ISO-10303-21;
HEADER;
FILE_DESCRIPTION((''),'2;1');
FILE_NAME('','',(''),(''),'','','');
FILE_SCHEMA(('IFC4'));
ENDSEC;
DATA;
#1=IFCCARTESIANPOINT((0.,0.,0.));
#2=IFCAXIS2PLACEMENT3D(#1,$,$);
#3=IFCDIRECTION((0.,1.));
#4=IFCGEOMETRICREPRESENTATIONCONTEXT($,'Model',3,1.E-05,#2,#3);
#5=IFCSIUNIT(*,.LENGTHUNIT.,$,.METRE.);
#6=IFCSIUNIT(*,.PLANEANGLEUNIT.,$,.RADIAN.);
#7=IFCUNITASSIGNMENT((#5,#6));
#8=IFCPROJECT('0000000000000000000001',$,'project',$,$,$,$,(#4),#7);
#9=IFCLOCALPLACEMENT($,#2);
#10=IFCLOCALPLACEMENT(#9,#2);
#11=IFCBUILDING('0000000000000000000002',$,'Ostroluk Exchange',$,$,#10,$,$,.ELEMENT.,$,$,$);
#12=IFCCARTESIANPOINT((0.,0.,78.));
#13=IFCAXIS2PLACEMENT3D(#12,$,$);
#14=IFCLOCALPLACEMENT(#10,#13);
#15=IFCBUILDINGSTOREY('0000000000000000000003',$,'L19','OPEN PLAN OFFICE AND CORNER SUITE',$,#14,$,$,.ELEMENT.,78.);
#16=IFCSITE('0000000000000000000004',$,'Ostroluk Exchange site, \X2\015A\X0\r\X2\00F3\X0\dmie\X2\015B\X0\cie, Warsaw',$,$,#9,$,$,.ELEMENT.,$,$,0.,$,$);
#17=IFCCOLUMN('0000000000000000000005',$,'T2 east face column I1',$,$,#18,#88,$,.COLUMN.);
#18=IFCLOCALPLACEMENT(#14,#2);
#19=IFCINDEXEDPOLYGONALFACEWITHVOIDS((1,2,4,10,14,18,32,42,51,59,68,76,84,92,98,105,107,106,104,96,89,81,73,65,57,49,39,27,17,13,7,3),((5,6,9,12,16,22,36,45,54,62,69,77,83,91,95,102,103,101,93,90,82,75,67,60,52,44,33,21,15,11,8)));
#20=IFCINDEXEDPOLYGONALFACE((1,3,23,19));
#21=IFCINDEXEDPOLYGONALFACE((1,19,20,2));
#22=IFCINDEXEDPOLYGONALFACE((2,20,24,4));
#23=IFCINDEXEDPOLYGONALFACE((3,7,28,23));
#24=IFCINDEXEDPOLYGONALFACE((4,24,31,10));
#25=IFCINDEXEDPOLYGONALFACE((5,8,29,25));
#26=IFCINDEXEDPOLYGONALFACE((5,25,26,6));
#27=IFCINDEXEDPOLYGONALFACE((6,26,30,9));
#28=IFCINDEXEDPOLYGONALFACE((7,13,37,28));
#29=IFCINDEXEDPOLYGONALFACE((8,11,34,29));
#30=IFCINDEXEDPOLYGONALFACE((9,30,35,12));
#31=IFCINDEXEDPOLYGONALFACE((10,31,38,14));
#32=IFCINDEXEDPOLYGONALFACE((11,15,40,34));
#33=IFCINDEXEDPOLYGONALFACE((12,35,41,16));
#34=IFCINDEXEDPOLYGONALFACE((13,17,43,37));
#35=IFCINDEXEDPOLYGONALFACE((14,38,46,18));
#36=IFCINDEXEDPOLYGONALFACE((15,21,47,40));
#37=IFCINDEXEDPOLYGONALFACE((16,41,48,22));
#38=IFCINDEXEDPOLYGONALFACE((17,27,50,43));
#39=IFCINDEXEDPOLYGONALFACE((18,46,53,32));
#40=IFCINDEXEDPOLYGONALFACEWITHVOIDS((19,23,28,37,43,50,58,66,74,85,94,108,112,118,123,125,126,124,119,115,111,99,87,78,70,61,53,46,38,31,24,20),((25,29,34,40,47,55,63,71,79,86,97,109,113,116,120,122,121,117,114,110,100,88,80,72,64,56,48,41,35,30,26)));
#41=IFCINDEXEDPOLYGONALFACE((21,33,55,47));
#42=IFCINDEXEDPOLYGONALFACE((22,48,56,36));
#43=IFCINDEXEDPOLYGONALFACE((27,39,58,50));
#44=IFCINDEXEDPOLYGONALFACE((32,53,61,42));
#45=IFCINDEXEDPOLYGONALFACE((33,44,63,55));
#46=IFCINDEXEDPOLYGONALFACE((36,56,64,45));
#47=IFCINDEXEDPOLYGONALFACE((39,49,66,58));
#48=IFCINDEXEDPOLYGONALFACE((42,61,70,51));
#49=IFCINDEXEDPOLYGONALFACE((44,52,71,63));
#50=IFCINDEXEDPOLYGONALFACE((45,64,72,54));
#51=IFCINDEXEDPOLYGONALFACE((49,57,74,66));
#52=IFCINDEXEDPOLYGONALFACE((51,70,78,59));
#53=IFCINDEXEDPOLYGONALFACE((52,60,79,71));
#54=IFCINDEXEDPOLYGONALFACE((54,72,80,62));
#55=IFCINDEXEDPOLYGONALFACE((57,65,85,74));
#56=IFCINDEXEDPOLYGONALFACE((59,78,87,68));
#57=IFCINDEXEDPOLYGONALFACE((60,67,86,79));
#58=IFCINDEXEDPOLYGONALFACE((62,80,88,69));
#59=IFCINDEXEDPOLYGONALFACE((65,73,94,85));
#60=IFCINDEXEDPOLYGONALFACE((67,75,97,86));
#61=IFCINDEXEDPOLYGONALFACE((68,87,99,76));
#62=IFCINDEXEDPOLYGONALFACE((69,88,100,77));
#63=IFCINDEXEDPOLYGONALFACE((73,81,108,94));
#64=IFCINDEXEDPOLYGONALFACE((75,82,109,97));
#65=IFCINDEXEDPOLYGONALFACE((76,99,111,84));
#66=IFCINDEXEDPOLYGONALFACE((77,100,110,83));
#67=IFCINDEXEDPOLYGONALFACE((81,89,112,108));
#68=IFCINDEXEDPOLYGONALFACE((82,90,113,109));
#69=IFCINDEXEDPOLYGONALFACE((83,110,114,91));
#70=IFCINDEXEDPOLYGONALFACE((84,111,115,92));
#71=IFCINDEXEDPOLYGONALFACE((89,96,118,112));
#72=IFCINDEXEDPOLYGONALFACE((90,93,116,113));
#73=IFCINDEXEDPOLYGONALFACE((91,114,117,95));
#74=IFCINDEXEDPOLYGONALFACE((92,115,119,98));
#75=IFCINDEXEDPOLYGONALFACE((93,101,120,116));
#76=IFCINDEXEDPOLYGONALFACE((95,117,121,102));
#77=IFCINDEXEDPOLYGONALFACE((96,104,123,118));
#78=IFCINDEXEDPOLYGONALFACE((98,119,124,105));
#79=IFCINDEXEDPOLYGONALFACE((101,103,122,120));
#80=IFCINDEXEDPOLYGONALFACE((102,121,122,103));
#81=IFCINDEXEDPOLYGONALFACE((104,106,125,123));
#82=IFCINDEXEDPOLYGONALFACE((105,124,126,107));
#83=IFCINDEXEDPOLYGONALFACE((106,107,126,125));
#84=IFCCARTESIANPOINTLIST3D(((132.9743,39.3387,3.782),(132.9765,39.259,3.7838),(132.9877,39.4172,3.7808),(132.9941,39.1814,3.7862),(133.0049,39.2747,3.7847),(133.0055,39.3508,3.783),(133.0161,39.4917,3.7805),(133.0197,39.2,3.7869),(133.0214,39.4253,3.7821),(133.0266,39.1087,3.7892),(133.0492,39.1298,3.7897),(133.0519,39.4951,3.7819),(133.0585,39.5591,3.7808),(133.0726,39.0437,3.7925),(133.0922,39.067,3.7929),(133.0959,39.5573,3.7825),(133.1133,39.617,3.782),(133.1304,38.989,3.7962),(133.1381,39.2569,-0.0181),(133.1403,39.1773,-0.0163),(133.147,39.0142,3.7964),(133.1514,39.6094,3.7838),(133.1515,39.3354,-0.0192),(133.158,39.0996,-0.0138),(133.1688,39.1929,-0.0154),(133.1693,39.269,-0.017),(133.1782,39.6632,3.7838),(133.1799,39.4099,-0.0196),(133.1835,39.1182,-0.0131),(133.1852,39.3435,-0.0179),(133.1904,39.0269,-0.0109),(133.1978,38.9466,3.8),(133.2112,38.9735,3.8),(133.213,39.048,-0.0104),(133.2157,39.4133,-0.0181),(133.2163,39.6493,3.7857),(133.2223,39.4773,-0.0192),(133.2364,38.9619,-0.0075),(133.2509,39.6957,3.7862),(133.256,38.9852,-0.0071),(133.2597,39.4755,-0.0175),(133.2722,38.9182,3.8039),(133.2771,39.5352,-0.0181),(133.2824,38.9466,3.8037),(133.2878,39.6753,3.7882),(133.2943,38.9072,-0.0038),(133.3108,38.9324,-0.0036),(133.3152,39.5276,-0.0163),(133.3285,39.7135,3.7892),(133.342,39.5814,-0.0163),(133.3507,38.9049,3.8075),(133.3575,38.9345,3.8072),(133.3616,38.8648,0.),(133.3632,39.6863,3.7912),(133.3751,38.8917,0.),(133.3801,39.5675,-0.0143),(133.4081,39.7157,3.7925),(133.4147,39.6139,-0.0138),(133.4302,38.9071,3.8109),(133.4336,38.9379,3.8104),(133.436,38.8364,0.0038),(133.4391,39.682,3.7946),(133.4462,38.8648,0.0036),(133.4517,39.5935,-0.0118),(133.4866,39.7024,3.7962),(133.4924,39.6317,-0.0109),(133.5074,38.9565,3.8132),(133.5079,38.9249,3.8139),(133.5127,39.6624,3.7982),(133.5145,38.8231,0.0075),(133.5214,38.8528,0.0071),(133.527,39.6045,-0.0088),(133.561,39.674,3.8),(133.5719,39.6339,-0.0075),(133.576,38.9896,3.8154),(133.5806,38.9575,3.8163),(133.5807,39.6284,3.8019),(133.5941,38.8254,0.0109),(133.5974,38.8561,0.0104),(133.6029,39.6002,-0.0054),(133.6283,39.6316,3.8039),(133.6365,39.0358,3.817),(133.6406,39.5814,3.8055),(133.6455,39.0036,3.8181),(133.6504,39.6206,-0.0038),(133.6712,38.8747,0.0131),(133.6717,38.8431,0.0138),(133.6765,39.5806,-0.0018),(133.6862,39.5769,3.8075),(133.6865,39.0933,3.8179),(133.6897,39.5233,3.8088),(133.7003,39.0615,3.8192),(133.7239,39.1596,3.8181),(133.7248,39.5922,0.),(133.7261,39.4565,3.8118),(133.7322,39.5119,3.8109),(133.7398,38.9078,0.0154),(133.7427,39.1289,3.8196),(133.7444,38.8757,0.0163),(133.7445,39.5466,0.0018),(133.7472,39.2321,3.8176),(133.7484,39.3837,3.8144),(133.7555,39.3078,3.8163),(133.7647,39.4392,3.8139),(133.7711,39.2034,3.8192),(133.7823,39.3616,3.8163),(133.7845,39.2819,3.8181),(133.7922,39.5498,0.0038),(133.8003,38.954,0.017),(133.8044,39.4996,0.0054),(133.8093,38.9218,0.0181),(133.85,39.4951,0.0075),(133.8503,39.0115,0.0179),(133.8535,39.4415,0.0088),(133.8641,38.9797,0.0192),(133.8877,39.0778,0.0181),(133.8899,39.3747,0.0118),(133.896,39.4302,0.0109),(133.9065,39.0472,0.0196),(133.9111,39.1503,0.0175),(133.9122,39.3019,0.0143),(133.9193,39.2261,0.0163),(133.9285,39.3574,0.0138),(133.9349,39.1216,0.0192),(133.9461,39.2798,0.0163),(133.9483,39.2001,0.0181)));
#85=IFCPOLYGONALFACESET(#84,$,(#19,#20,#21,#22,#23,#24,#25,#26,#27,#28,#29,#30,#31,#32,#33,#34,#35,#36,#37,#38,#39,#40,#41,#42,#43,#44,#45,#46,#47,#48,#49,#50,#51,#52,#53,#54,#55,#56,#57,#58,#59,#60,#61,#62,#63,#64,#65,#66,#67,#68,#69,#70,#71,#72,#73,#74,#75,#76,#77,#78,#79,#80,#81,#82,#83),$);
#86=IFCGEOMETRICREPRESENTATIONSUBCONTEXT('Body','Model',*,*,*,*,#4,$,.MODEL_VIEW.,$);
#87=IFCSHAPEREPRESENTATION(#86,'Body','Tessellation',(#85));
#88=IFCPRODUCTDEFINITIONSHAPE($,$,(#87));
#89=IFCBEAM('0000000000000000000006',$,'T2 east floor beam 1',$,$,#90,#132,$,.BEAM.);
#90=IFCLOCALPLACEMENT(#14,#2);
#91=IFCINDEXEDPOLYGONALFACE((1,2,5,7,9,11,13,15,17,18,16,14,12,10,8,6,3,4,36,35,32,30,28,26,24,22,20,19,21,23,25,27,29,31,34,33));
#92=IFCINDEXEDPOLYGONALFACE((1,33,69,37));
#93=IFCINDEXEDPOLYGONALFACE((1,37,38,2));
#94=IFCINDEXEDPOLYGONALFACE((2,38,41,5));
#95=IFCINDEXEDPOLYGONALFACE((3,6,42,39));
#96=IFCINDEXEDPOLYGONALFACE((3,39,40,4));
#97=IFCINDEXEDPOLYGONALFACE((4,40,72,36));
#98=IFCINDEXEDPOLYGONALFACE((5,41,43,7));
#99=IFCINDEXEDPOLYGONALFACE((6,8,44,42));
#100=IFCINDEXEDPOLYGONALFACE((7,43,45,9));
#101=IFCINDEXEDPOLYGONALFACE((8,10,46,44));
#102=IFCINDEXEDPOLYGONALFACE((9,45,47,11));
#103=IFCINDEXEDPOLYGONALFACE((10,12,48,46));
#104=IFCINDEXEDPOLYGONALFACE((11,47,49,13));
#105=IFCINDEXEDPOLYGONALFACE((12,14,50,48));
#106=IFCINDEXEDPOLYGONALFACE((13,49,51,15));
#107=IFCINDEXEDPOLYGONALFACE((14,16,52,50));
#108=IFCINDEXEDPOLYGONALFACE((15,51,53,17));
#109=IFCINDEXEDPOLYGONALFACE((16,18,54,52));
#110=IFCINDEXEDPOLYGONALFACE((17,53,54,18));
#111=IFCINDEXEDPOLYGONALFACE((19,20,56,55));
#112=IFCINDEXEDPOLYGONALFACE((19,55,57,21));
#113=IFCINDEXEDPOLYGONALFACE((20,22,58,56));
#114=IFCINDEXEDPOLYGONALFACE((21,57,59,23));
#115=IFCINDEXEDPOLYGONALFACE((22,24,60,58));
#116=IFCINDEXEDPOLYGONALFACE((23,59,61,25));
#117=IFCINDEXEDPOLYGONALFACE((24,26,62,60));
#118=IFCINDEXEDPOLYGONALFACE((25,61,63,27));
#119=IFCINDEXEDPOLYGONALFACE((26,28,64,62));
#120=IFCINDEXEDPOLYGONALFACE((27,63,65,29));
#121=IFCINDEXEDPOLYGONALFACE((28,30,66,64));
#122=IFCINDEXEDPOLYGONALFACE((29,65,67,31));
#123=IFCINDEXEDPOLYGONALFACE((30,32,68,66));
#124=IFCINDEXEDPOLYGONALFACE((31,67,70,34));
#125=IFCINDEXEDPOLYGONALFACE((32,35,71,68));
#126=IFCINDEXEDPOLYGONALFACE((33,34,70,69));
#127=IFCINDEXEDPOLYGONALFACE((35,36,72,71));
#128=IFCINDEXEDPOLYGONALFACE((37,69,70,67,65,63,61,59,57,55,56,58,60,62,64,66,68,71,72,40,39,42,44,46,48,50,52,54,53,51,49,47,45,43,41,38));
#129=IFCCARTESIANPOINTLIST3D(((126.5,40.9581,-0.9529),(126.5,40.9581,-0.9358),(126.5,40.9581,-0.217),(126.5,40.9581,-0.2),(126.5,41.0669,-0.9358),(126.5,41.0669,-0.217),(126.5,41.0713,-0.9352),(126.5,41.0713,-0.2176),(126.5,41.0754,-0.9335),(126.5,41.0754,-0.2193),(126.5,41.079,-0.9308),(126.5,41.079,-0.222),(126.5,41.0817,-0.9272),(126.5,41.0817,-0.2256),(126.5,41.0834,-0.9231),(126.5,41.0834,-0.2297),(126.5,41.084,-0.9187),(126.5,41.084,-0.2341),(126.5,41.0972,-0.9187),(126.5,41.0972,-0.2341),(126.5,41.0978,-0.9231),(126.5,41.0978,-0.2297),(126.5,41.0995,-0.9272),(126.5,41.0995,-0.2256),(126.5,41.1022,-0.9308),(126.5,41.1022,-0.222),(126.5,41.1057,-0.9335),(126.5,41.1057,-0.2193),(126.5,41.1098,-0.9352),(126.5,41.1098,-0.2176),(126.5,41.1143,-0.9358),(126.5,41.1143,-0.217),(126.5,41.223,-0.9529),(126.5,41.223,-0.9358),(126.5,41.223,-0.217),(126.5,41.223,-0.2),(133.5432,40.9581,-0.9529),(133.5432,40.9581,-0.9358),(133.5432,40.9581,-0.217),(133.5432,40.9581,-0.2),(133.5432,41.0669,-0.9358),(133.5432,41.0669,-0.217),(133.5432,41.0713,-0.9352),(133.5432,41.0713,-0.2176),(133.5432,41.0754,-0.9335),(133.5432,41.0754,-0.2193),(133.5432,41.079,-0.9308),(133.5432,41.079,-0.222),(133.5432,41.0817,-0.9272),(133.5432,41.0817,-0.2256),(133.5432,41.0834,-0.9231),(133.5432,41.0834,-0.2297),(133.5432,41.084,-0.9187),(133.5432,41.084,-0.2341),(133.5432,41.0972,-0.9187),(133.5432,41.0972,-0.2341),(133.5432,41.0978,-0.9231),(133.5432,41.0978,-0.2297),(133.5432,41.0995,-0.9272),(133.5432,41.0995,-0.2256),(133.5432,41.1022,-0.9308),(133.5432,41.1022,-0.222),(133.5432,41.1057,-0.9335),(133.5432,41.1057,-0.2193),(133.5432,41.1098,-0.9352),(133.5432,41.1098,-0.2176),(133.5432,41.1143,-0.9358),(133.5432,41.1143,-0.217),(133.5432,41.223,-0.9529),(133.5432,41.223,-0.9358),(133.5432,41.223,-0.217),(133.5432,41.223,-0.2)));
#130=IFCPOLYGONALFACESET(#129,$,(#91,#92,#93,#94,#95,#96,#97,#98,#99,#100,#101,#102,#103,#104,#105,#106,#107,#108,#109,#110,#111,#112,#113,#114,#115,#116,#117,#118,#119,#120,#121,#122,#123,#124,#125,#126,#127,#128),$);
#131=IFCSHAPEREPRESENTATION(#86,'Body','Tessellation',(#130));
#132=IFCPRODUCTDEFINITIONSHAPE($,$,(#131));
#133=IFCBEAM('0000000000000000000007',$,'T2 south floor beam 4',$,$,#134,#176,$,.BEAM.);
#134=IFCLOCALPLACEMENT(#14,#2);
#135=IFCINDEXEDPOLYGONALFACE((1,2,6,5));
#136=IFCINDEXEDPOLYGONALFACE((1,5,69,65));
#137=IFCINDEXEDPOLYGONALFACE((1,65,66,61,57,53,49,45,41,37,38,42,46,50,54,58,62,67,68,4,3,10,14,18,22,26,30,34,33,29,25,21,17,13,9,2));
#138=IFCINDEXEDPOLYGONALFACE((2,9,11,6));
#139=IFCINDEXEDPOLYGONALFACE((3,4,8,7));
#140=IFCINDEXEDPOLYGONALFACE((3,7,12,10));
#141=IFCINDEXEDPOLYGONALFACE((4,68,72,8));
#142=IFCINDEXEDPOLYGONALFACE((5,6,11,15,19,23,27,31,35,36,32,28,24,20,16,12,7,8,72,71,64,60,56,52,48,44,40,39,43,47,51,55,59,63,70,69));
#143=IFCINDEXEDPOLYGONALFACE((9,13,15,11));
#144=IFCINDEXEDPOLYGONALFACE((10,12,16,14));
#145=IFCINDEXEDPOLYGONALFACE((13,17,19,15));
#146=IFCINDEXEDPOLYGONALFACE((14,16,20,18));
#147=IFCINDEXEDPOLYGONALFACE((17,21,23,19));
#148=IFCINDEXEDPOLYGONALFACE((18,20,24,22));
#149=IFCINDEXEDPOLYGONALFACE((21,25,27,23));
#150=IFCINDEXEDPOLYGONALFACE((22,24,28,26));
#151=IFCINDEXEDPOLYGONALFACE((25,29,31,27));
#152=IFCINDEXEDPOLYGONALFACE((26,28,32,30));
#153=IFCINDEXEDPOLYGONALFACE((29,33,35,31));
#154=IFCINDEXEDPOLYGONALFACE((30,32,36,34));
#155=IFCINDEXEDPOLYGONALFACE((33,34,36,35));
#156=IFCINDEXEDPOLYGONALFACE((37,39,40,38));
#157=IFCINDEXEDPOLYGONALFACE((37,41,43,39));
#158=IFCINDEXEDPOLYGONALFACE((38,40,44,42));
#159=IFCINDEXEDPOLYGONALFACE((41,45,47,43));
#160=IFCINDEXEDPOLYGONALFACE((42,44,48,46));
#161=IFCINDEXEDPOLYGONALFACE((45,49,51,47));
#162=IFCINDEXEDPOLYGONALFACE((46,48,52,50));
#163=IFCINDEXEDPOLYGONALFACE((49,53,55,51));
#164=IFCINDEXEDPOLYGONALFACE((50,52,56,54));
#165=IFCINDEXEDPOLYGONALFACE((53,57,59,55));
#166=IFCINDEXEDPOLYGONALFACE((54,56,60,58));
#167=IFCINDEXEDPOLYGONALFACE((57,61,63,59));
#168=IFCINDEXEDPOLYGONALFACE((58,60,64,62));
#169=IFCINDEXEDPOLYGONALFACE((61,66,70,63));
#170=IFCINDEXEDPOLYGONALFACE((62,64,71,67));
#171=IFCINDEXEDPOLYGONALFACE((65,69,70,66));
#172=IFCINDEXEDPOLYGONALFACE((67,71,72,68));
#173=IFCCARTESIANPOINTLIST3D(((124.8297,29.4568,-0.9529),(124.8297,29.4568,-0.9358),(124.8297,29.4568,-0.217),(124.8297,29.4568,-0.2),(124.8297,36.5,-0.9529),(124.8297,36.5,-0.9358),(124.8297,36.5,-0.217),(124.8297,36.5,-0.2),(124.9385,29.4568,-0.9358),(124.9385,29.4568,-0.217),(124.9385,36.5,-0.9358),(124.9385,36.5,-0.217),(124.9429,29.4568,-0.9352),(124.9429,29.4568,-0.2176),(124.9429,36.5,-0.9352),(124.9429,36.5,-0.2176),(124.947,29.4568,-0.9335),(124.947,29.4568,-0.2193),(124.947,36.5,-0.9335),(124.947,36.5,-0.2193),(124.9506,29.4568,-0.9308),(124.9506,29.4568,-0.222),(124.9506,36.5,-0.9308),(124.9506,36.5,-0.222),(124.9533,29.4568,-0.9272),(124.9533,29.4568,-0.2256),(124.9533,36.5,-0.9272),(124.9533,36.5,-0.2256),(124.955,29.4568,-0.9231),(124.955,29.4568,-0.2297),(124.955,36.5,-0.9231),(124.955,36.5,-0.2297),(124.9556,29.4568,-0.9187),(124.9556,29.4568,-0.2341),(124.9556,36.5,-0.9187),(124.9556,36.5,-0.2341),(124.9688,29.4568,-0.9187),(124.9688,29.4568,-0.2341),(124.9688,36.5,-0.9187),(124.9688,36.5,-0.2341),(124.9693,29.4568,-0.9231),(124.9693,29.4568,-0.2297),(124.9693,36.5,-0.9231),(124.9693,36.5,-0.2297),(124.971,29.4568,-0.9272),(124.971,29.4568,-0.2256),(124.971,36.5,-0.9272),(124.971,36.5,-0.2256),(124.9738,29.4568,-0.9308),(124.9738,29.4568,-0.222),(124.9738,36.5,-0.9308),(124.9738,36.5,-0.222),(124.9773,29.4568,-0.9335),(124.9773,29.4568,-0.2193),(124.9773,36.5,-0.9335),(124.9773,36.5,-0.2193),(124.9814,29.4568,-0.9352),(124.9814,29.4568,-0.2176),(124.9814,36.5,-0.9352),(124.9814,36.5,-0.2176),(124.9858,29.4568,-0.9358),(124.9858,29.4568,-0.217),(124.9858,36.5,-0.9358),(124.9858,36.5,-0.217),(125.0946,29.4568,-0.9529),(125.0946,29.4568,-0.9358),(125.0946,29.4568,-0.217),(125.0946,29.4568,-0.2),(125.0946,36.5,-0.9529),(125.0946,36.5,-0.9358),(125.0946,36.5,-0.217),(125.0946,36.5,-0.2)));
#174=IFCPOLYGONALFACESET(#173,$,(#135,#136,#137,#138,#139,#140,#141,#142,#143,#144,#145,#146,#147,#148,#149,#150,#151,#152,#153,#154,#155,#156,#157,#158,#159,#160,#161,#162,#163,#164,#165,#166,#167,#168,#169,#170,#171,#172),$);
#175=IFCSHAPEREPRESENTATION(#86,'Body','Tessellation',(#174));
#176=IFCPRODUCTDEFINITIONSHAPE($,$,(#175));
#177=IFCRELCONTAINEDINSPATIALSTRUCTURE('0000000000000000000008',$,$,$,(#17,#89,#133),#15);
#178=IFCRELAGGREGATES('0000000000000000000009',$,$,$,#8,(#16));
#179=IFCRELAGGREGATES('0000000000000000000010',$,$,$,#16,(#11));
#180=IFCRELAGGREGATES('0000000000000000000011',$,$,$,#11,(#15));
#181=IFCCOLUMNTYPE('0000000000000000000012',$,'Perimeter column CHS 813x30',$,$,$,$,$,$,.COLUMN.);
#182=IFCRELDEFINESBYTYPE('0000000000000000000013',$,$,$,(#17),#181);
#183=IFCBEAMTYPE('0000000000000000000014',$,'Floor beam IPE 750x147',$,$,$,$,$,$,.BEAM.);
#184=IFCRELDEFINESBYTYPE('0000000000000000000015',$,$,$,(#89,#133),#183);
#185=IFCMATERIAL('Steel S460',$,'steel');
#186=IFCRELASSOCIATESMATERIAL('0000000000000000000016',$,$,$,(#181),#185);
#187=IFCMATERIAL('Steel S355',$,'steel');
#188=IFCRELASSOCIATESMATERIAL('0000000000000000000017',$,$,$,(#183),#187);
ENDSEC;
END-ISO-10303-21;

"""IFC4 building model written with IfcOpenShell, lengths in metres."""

from ifc_helpers import new_model, si_unit, direction, frame, origin, origin_2d, place, context, subcontext, project, spatial, hollow_circle, i_section, extrude, material, material_profile, profile_set, type_object, element, save


model = new_model("IFC4")

# Units and contexts
model_context = context("Model", 3, precision=1e-05, world=origin(), true_north=direction((0.0, 1.0)))
body_context = subcontext(model_context, "Body", "Model", "MODEL_VIEW")
ifc_project = project(units=[si_unit("LENGTHUNIT", "METRE"), si_unit("PLANEANGLEUNIT", "RADIAN")], contexts=[model_context])

# Site, building, storey
site_placement = place(None, origin())
site = spatial("IfcSite", under=ifc_project, at=site_placement, Name="Ostroluk Exchange site, Śródmieście, Warsaw", CompositionType="ELEMENT", RefElevation=0.0)
building_placement = place(site_placement, origin())
building = spatial("IfcBuilding", under=site, at=building_placement, Name="Ostroluk Exchange", CompositionType="ELEMENT")
storey_placement = place(building_placement, frame((0.0, 0.0, 78.0)))
storey = spatial("IfcBuildingStorey", under=building, at=storey_placement, Name="L19", Description="OPEN PLAN OFFICE AND CORNER SUITE", CompositionType="ELEMENT", Elevation=78.0)

# Column
ifc_material_1 = material(Name="Steel S460", Category="steel")
ifc_material_profile_1 = material_profile(ifc_material_1, hollow_circle(Radius=0.4065, WallThickness=0.03, at=origin_2d()), Name="CHS 813x30")
ifc_profile_set_1 = profile_set([ifc_material_profile_1], Name="Steel S460")
column_type = type_object("IfcColumnType", Name="Perimeter column CHS 813x30", PredefinedType="COLUMN", material=ifc_profile_set_1)
column_placement = place(storey_placement, frame((133.5432, 39.2285, 0.0), z_axis=(-0.04306, 0.021498, 0.998841), x_axis=(-0.44668, -0.894694, 0.0)))
element("IfcColumn", 1, at=column_placement, inside=storey, type_object=column_type, Name="T2 east face column I1", PredefinedType="COLUMN", context=body_context, shape_type="SweptSolid", body=[
    extrude(hollow_circle(Radius=0.4065, WallThickness=0.03, at=origin_2d()), origin(), (0.0, 0.0, 1.0), 3.8044),
])

# Beams
ifc_material_2 = material(Name="Steel S355", Category="steel")
ifc_material_profile_2 = material_profile(ifc_material_2, i_section(OverallWidth=0.2649, OverallDepth=0.7529, WebThickness=0.0132, FlangeThickness=0.0171, FilletRadius=0.0171, at=origin_2d()), Name="IPE 750x147")
ifc_profile_set_2 = profile_set([ifc_material_profile_2], Name="Steel S355")
beam_type_1 = type_object("IfcBeamType", Name="Floor beam IPE 750x147", PredefinedType="BEAM", material=ifc_profile_set_2)
for number, where, z_axis, x_axis, name in (
    (2, (126.5, 41.0906, -0.5764), (1.0, 0.0, 0.0), (0.0, 1.0, 0.0), "T2 east floor beam 1"),
    (3, (124.9622, 36.5, -0.5764), (0.0, -1.0, 0.0), (1.0, 0.0, 0.0), "T2 south floor beam 4"),
):
    element("IfcBeam", number, at=place(storey_placement, frame(where, z_axis=z_axis, x_axis=x_axis)), inside=storey, type_object=beam_type_1, Name=name, PredefinedType="BEAM", context=body_context, shape_type="SweptSolid", body=[
        extrude(i_section(OverallWidth=0.2649, OverallDepth=0.7529, WebThickness=0.0132, FlangeThickness=0.0171, FilletRadius=0.0171, at=origin_2d()), origin(), (0.0, 0.0, 1.0), 7.0432),
    ])

save(model, "model.ifc")
